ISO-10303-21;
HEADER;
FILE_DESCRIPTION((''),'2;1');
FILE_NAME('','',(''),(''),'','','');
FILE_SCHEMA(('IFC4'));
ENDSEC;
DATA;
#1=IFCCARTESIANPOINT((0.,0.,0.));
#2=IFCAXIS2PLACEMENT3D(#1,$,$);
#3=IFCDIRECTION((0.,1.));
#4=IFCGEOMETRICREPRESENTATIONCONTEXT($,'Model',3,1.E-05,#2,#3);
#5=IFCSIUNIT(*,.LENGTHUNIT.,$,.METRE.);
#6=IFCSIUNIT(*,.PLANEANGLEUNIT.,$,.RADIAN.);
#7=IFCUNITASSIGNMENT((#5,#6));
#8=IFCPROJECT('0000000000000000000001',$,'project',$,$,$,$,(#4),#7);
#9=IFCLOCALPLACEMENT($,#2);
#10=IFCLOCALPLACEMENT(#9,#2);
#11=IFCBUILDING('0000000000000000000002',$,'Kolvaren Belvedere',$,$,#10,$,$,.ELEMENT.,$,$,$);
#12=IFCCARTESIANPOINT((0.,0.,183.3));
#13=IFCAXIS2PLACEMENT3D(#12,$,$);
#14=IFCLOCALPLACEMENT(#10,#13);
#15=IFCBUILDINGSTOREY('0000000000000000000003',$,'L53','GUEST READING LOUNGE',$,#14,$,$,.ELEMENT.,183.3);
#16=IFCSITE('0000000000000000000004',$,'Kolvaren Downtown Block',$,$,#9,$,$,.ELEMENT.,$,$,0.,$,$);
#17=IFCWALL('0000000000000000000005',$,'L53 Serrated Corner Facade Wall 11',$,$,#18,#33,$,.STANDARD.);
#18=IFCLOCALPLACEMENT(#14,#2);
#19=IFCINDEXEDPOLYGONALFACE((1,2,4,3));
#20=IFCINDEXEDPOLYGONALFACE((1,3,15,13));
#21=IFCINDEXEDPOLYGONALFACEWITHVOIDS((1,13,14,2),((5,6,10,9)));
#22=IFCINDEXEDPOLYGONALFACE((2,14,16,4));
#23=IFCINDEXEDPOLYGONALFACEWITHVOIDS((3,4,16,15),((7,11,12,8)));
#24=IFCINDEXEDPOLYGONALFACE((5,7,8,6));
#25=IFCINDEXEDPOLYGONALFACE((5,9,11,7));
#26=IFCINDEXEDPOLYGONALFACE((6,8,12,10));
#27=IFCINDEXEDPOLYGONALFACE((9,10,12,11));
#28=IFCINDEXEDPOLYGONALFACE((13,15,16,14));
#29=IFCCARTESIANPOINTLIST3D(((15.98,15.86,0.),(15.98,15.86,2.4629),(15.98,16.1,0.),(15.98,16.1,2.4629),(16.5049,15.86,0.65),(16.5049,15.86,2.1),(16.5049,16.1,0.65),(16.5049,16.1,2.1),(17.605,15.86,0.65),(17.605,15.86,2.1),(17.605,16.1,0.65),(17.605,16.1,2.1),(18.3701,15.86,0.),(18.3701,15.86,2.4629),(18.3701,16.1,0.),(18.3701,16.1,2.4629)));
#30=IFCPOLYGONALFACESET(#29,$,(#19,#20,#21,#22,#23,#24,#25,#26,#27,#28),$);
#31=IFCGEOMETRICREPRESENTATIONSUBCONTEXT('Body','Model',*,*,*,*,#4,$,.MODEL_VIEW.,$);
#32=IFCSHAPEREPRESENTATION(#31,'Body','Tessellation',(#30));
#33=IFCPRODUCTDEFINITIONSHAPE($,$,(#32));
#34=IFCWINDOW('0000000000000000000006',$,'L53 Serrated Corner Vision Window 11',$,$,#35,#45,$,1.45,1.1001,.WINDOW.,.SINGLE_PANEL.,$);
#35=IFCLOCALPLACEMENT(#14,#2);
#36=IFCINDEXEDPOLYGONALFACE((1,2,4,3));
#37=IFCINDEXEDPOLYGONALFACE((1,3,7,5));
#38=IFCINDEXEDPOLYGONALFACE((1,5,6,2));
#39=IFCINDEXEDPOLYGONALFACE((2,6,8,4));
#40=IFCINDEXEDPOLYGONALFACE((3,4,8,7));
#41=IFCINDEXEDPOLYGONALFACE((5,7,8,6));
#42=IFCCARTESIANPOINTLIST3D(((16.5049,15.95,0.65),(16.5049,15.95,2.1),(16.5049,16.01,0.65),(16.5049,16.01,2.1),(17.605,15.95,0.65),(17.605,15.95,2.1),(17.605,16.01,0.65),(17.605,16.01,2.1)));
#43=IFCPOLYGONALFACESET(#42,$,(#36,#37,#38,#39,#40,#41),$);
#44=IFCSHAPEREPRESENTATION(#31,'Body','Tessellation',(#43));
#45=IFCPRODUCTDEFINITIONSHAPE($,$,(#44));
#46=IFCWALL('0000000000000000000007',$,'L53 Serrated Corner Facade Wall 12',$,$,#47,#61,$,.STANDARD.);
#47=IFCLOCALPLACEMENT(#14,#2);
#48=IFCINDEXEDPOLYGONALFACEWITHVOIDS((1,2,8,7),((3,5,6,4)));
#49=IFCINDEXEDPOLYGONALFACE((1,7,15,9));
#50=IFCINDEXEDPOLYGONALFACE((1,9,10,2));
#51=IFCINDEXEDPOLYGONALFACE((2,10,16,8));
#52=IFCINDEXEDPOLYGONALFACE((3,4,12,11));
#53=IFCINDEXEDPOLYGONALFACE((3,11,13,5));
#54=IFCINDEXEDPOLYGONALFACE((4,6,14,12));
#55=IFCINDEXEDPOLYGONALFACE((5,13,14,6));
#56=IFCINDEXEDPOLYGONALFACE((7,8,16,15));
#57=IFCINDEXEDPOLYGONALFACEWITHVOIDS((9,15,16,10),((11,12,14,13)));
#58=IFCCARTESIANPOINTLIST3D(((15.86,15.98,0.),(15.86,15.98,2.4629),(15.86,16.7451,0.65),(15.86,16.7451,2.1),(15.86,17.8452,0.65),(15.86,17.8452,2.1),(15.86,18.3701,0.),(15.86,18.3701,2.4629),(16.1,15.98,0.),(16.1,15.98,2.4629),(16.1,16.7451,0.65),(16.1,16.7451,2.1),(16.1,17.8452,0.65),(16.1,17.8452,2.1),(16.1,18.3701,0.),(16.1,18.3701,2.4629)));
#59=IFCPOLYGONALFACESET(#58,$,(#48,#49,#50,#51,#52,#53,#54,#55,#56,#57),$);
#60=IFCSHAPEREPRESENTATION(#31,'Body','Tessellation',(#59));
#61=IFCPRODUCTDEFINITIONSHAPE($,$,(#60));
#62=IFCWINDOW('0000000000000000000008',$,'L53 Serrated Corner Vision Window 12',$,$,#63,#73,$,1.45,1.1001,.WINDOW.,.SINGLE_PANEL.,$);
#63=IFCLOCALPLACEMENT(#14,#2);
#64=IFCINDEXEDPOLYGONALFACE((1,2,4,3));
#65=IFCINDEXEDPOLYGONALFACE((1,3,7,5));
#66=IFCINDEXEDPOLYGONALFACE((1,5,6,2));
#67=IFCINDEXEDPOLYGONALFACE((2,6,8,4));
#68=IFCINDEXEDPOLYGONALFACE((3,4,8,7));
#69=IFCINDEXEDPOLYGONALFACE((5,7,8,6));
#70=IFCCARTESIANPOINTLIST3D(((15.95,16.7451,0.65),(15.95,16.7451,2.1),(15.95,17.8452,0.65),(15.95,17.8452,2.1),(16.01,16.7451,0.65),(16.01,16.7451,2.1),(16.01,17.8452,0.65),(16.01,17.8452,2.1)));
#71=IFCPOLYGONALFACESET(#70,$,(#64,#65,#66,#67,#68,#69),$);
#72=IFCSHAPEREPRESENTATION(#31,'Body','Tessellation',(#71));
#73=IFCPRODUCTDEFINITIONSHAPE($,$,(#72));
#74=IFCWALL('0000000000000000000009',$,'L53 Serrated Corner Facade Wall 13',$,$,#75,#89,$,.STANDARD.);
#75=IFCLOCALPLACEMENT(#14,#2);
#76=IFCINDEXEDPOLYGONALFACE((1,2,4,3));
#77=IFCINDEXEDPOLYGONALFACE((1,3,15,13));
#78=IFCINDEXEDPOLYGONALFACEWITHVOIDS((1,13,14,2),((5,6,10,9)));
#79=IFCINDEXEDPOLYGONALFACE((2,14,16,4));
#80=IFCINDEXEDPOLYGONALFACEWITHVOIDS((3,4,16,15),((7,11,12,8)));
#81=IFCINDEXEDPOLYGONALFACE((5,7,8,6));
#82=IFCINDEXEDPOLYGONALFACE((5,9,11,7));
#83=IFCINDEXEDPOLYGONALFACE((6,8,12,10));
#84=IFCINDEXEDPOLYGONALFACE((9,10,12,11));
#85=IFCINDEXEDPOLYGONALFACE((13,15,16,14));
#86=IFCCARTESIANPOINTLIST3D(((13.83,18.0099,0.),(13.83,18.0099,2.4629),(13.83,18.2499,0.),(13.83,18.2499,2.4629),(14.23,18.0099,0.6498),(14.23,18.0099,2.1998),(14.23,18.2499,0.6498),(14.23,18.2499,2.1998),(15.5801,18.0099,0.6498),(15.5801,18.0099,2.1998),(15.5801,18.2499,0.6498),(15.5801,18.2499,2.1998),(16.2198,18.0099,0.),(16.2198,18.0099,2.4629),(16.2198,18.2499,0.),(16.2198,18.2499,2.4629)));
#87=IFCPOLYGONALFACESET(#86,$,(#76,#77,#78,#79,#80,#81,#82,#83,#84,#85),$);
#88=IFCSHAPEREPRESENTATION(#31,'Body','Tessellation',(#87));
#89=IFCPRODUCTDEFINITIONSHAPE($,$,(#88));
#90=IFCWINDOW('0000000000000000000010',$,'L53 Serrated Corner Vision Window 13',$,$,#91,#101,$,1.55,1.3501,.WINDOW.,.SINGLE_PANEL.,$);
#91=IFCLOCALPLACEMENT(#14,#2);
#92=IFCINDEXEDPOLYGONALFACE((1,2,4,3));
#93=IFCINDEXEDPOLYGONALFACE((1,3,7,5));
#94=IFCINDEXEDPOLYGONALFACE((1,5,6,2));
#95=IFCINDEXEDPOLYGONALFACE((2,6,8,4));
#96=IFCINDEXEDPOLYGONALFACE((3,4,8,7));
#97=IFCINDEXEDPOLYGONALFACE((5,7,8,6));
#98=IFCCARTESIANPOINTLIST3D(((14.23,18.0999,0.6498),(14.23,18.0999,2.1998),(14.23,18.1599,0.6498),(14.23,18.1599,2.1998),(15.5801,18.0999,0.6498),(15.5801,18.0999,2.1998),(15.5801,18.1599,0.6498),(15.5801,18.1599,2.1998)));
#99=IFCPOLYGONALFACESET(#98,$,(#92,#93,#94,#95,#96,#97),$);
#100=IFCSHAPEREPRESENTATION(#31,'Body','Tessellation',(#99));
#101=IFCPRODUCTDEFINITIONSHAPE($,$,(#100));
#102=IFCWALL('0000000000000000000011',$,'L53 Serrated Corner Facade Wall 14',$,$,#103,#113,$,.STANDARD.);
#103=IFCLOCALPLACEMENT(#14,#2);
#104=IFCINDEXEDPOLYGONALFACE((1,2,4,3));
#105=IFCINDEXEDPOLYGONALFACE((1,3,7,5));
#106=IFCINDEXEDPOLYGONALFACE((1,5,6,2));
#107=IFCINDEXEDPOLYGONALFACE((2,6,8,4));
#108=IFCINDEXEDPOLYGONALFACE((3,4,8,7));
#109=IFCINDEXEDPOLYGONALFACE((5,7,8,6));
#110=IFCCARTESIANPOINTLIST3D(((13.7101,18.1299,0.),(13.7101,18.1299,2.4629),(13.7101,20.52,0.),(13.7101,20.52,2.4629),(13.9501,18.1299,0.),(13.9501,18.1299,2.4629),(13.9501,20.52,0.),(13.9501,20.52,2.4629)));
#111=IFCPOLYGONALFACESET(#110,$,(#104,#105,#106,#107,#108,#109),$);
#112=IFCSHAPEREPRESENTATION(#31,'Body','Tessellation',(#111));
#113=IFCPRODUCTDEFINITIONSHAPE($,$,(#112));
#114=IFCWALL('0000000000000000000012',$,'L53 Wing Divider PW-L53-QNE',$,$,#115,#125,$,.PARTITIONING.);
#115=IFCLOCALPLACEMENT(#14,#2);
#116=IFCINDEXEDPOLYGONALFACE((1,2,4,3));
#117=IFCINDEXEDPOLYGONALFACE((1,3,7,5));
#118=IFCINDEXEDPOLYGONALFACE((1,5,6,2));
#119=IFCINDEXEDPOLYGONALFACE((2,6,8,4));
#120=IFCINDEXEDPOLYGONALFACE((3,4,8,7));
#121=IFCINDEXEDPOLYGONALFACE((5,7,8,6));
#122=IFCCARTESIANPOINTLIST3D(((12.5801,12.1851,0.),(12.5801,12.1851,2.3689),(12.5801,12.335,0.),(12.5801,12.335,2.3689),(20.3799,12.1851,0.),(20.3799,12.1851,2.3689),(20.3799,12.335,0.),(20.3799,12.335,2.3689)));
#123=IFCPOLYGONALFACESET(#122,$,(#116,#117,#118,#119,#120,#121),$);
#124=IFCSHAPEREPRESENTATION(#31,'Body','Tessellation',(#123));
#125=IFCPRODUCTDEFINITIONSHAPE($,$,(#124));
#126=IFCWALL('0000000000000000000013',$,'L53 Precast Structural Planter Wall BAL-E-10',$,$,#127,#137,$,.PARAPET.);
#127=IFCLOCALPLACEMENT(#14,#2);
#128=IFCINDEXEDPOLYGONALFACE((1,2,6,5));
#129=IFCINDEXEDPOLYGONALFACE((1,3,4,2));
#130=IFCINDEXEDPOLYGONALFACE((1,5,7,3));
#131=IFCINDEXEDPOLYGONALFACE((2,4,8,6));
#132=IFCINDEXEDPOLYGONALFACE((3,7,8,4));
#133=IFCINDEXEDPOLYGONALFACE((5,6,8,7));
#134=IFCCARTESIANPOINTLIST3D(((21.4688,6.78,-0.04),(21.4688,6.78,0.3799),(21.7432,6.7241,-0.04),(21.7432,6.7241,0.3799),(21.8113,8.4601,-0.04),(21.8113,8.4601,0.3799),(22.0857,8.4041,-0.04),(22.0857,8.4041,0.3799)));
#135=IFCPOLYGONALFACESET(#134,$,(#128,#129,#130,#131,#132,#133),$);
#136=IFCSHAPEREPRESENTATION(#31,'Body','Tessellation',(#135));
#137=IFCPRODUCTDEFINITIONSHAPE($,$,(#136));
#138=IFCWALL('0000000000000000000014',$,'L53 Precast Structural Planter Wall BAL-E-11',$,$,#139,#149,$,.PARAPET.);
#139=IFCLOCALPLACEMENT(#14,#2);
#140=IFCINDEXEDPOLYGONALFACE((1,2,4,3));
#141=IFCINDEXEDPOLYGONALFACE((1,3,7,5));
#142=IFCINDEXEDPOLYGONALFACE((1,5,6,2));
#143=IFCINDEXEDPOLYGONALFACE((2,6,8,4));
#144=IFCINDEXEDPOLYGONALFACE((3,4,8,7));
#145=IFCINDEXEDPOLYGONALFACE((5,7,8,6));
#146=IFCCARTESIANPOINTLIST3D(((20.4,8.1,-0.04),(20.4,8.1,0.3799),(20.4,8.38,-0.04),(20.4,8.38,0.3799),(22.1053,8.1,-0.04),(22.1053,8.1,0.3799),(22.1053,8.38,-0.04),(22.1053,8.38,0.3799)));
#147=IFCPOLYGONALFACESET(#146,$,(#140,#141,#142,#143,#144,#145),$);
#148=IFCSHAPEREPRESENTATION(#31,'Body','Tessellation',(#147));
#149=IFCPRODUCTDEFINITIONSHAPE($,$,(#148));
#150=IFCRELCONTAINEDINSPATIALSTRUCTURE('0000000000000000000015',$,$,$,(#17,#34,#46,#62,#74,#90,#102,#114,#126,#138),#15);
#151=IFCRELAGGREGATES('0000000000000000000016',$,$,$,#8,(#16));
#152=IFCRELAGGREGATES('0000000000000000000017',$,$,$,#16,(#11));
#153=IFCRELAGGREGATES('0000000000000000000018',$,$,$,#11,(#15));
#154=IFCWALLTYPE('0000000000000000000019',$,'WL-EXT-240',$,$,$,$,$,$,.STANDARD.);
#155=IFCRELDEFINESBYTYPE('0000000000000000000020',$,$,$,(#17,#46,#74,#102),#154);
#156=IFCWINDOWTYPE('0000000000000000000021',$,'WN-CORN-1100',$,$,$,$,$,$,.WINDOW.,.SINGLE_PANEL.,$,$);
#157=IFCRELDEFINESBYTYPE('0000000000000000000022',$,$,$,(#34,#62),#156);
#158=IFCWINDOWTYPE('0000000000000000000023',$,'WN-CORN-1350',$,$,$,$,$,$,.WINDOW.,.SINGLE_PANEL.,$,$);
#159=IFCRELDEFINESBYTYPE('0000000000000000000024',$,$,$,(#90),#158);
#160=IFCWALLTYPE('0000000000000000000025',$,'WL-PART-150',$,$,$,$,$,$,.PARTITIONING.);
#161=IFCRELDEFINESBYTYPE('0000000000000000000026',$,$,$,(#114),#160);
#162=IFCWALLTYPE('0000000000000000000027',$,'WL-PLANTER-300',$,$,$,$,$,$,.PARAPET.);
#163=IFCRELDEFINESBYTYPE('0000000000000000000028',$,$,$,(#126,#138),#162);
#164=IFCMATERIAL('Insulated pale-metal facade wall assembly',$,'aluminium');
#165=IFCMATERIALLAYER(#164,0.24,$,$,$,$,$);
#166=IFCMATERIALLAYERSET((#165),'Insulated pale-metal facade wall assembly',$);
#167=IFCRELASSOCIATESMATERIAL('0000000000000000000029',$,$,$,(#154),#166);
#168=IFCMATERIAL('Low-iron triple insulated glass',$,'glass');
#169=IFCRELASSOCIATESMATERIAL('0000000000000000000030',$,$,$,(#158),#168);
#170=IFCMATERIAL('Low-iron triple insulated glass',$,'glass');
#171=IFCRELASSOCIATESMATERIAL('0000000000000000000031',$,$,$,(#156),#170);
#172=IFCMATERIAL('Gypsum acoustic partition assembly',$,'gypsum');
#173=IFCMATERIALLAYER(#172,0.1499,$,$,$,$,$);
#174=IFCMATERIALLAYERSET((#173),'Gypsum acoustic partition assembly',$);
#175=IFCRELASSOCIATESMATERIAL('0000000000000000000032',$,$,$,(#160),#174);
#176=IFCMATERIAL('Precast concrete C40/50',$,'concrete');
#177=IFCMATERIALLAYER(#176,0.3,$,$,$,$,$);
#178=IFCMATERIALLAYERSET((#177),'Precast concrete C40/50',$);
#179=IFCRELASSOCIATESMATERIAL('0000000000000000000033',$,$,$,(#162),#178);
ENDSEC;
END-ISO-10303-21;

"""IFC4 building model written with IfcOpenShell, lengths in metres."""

from ifc_helpers import new_model, si_unit, direction, frame, frame_2d, origin, place, context, subcontext, project, spatial, rectangle, extrude, material, layer, layer_set, type_object, element, fill, save


model = new_model("IFC4")

# Units and contexts
model_context = context("Model", 3, precision=1e-05, world=origin(), true_north=direction((0.0, 1.0)))
body_context = subcontext(model_context, "Body", "Model", "MODEL_VIEW")
ifc_project = project(units=[si_unit("LENGTHUNIT", "METRE"), si_unit("PLANEANGLEUNIT", "RADIAN")], contexts=[model_context])

# Site, building, storey
site_placement = place(None, origin())
site = spatial("IfcSite", under=ifc_project, at=site_placement, Name="Kolvaren Downtown Block", CompositionType="ELEMENT", RefElevation=0.0)
building_placement = place(site_placement, origin())
building = spatial("IfcBuilding", under=site, at=building_placement, Name="Kolvaren Belvedere", CompositionType="ELEMENT")
storey_placement = place(building_placement, frame((0.0, 0.0, 183.3)))
storey = spatial("IfcBuildingStorey", under=building, at=storey_placement, Name="L53", Description="GUEST READING LOUNGE", CompositionType="ELEMENT", Elevation=183.3)

# Shared definitions
ifc_material_1 = material(Name="Insulated pale-metal facade wall assembly", Category="aluminium")
ifc_layer_1 = layer(ifc_material_1, 0.24)
ifc_layer_set_1 = layer_set([ifc_layer_1], Name="Insulated pale-metal facade wall assembly")
wall_type_1 = type_object("IfcWallType", Name="WL-EXT-240", PredefinedType="STANDARD", material=ifc_layer_set_1)

# Walls, openings, windows
ifc_material_2 = material(Name="Low-iron triple insulated glass", Category="glass")
window_type_1 = type_object("IfcWindowType", Name="WN-CORN-1350", PartitioningType="SINGLE_PANEL", PredefinedType="WINDOW", material=ifc_material_2)
wall_1_placement = place(storey_placement, frame((15.98, 15.98, 0.0), z_axis=(0.0, 0.0, 1.0), x_axis=(1.0, 0.0, 0.0)))
wall_1 = element("IfcWall", 1, at=wall_1_placement, inside=storey, type_object=wall_type_1, Name="L53 Serrated Corner Facade Wall 11", PredefinedType="STANDARD", context=body_context, shape_type="SweptSolid", body=[
    extrude(rectangle(XDim=2.3901, YDim=0.24, at=frame_2d((1.1951, 0.0))), origin(), (0.0, 0.0, 1.0), 2.4629),
])
opening_1_placement = place(wall_1_placement, frame((0.5249, 0.0, 0.6499)))
opening_1 = element("IfcOpeningElement", 2, at=opening_1_placement, cuts=wall_1, PredefinedType="OPENING", context=body_context, shape_type="SweptSolid", body=[
    extrude(rectangle(XDim=1.1001, YDim=1.45, at=frame_2d((0.55, 0.7251))), frame((0.0, 0.1299, 0.0), z_axis=(0.0, -1.0, 0.0), x_axis=(1.0, 0.0, 0.0)), (0.0, 0.0, 1.0), 0.26),
])
ifc_material_3 = material(Name="Low-iron triple insulated glass", Category="glass")
window_type_2 = type_object("IfcWindowType", Name="WN-CORN-1100", PartitioningType="SINGLE_PANEL", PredefinedType="WINDOW", material=ifc_material_3)
window_1_placement = place(opening_1_placement, origin())
window_1 = element("IfcWindow", 3, at=window_1_placement, inside=storey, type_object=window_type_2, Name="L53 Serrated Corner Vision Window 11", OverallHeight=1.45, OverallWidth=1.1001, PartitioningType="SINGLE_PANEL", PredefinedType="WINDOW", context=body_context, shape_type="SweptSolid", body=[
    extrude(rectangle(XDim=1.1001, YDim=1.45, at=frame_2d((0.55, 0.7251))), frame((0.0, 0.03, 0.0), z_axis=(0.0, -1.0, 0.0), x_axis=(1.0, 0.0, 0.0)), (0.0, 0.0, 1.0), 0.0601),
])
fill(opening_1, window_1)
wall_2_placement = place(storey_placement, frame((15.98, 18.3701, 0.0), z_axis=(0.0, 0.0, 1.0), x_axis=(0.0, -1.0, 0.0)))
wall_2 = element("IfcWall", 4, at=wall_2_placement, inside=storey, type_object=wall_type_1, Name="L53 Serrated Corner Facade Wall 12", PredefinedType="STANDARD", context=body_context, shape_type="SweptSolid", body=[
    extrude(rectangle(XDim=2.3901, YDim=0.24, at=frame_2d((1.1951, 0.0))), origin(), (0.0, 0.0, 1.0), 2.4629),
])
opening_2_placement = place(wall_2_placement, frame((0.5249, 0.0, 0.6499)))
opening_2 = element("IfcOpeningElement", 5, at=opening_2_placement, cuts=wall_2, PredefinedType="OPENING", context=body_context, shape_type="SweptSolid", body=[
    extrude(rectangle(XDim=1.1001, YDim=1.45, at=frame_2d((0.55, 0.7251))), frame((0.0, 0.1299, 0.0), z_axis=(0.0, -1.0, 0.0), x_axis=(1.0, 0.0, 0.0)), (0.0, 0.0, 1.0), 0.26),
])
window_2_placement = place(opening_2_placement, origin())
window_2 = element("IfcWindow", 6, at=window_2_placement, inside=storey, type_object=window_type_2, Name="L53 Serrated Corner Vision Window 12", OverallHeight=1.45, OverallWidth=1.1001, PartitioningType="SINGLE_PANEL", PredefinedType="WINDOW", context=body_context, shape_type="SweptSolid", body=[
    extrude(rectangle(XDim=1.1001, YDim=1.45, at=frame_2d((0.55, 0.7251))), frame((0.0, 0.03, 0.0), z_axis=(0.0, -1.0, 0.0), x_axis=(1.0, 0.0, 0.0)), (0.0, 0.0, 1.0), 0.0601),
])
fill(opening_2, window_2)
wall_3_placement = place(storey_placement, frame((13.8301, 18.1299, 0.0), z_axis=(0.0, 0.0, 1.0), x_axis=(1.0, 0.0, 0.0)))
wall_3 = element("IfcWall", 7, at=wall_3_placement, inside=storey, type_object=wall_type_1, Name="L53 Serrated Corner Facade Wall 13", PredefinedType="STANDARD", context=body_context, shape_type="SweptSolid", body=[
    extrude(rectangle(XDim=2.3899, YDim=0.24, at=frame_2d((1.1948, 0.0))), origin(), (0.0, 0.0, 1.0), 2.4629),
])
opening_3_placement = place(wall_3_placement, frame((0.3999, 0.0, 0.6499)))
opening_3 = element("IfcOpeningElement", 8, at=opening_3_placement, cuts=wall_3, PredefinedType="OPENING", context=body_context, shape_type="SweptSolid", body=[
    extrude(rectangle(XDim=1.3501, YDim=1.55, at=frame_2d((0.675, 0.7749))), frame((0.0, 0.1299, 0.0), z_axis=(0.0, -1.0, 0.0), x_axis=(1.0, 0.0, 0.0)), (0.0, 0.0, 1.0), 0.26),
])
window_3_placement = place(opening_3_placement, origin())
window_3 = element("IfcWindow", 9, at=window_3_placement, inside=storey, type_object=window_type_1, Name="L53 Serrated Corner Vision Window 13", OverallHeight=1.55, OverallWidth=1.3501, PartitioningType="SINGLE_PANEL", PredefinedType="WINDOW", context=body_context, shape_type="SweptSolid", body=[
    extrude(rectangle(XDim=1.3501, YDim=1.55, at=frame_2d((0.675, 0.7749))), frame((0.0, 0.03, 0.0), z_axis=(0.0, -1.0, 0.0), x_axis=(1.0, 0.0, 0.0)), (0.0, 0.0, 1.0), 0.0601),
])
fill(opening_3, window_3)

# Walls
wall_4_placement = place(storey_placement, frame((13.8301, 20.52, 0.0), z_axis=(0.0, 0.0, 1.0), x_axis=(0.0, -1.0, 0.0)))
element("IfcWall", 10, at=wall_4_placement, inside=storey, type_object=wall_type_1, Name="L53 Serrated Corner Facade Wall 14", PredefinedType="STANDARD", context=body_context, shape_type="SweptSolid", body=[
    extrude(rectangle(XDim=2.3901, YDim=0.24, at=frame_2d((1.1951, 0.0))), origin(), (0.0, 0.0, 1.0), 2.4629),
])
ifc_material_4 = material(Name="Gypsum acoustic partition assembly", Category="gypsum")
ifc_layer_2 = layer(ifc_material_4, 0.1499)
ifc_layer_set_2 = layer_set([ifc_layer_2], Name="Gypsum acoustic partition assembly")
wall_type_2 = type_object("IfcWallType", Name="WL-PART-150", PredefinedType="PARTITIONING", material=ifc_layer_set_2)
wall_5_placement = place(storey_placement, frame((12.5801, 12.26, 0.0), z_axis=(0.0, 0.0, 1.0), x_axis=(1.0, 0.0, 0.0)))
element("IfcWall", 11, at=wall_5_placement, inside=storey, type_object=wall_type_2, Name="L53 Wing Divider PW-L53-QNE", PredefinedType="PARTITIONING", context=body_context, shape_type="SweptSolid", body=[
    extrude(rectangle(XDim=7.7998, YDim=0.1499, at=frame_2d((3.8999, 0.0))), origin(), (0.0, 0.0, 1.0), 2.3689),
])
ifc_material_5 = material(Name="Precast concrete C40/50", Category="concrete")
ifc_layer_3 = layer(ifc_material_5, 0.3)
ifc_layer_set_3 = layer_set([ifc_layer_3], Name="Precast concrete C40/50")
wall_type_3 = type_object("IfcWallType", Name="WL-PLANTER-300", PredefinedType="PARAPET", material=ifc_layer_set_3)
wall_6_placement = place(storey_placement, frame((21.606, 6.752, -0.04), z_axis=(0.0, 0.0, 1.0), x_axis=(0.199784, 0.97984, 0.0)))
element("IfcWall", 12, at=wall_6_placement, inside=storey, type_object=wall_type_3, Name="L53 Precast Structural Planter Wall BAL-E-10", PredefinedType="PARAPET", context=body_context, shape_type="SweptSolid", body=[
    extrude(rectangle(XDim=1.7146, YDim=0.28, at=frame_2d((0.8574, 0.0))), origin(), (0.0, 0.0, 1.0), 0.4199),
])
wall_7_placement = place(storey_placement, frame((22.1052, 8.24, -0.04), z_axis=(0.0, 0.0, 1.0), x_axis=(-1.0, 0.0, 0.0)))
element("IfcWall", 13, at=wall_7_placement, inside=storey, type_object=wall_type_3, Name="L53 Precast Structural Planter Wall BAL-E-11", PredefinedType="PARAPET", context=body_context, shape_type="SweptSolid", body=[
    extrude(rectangle(XDim=1.7053, YDim=0.28, at=frame_2d((0.8525, 0.0))), origin(), (0.0, 0.0, 1.0), 0.4199),
])

save(model, "model.ifc")
